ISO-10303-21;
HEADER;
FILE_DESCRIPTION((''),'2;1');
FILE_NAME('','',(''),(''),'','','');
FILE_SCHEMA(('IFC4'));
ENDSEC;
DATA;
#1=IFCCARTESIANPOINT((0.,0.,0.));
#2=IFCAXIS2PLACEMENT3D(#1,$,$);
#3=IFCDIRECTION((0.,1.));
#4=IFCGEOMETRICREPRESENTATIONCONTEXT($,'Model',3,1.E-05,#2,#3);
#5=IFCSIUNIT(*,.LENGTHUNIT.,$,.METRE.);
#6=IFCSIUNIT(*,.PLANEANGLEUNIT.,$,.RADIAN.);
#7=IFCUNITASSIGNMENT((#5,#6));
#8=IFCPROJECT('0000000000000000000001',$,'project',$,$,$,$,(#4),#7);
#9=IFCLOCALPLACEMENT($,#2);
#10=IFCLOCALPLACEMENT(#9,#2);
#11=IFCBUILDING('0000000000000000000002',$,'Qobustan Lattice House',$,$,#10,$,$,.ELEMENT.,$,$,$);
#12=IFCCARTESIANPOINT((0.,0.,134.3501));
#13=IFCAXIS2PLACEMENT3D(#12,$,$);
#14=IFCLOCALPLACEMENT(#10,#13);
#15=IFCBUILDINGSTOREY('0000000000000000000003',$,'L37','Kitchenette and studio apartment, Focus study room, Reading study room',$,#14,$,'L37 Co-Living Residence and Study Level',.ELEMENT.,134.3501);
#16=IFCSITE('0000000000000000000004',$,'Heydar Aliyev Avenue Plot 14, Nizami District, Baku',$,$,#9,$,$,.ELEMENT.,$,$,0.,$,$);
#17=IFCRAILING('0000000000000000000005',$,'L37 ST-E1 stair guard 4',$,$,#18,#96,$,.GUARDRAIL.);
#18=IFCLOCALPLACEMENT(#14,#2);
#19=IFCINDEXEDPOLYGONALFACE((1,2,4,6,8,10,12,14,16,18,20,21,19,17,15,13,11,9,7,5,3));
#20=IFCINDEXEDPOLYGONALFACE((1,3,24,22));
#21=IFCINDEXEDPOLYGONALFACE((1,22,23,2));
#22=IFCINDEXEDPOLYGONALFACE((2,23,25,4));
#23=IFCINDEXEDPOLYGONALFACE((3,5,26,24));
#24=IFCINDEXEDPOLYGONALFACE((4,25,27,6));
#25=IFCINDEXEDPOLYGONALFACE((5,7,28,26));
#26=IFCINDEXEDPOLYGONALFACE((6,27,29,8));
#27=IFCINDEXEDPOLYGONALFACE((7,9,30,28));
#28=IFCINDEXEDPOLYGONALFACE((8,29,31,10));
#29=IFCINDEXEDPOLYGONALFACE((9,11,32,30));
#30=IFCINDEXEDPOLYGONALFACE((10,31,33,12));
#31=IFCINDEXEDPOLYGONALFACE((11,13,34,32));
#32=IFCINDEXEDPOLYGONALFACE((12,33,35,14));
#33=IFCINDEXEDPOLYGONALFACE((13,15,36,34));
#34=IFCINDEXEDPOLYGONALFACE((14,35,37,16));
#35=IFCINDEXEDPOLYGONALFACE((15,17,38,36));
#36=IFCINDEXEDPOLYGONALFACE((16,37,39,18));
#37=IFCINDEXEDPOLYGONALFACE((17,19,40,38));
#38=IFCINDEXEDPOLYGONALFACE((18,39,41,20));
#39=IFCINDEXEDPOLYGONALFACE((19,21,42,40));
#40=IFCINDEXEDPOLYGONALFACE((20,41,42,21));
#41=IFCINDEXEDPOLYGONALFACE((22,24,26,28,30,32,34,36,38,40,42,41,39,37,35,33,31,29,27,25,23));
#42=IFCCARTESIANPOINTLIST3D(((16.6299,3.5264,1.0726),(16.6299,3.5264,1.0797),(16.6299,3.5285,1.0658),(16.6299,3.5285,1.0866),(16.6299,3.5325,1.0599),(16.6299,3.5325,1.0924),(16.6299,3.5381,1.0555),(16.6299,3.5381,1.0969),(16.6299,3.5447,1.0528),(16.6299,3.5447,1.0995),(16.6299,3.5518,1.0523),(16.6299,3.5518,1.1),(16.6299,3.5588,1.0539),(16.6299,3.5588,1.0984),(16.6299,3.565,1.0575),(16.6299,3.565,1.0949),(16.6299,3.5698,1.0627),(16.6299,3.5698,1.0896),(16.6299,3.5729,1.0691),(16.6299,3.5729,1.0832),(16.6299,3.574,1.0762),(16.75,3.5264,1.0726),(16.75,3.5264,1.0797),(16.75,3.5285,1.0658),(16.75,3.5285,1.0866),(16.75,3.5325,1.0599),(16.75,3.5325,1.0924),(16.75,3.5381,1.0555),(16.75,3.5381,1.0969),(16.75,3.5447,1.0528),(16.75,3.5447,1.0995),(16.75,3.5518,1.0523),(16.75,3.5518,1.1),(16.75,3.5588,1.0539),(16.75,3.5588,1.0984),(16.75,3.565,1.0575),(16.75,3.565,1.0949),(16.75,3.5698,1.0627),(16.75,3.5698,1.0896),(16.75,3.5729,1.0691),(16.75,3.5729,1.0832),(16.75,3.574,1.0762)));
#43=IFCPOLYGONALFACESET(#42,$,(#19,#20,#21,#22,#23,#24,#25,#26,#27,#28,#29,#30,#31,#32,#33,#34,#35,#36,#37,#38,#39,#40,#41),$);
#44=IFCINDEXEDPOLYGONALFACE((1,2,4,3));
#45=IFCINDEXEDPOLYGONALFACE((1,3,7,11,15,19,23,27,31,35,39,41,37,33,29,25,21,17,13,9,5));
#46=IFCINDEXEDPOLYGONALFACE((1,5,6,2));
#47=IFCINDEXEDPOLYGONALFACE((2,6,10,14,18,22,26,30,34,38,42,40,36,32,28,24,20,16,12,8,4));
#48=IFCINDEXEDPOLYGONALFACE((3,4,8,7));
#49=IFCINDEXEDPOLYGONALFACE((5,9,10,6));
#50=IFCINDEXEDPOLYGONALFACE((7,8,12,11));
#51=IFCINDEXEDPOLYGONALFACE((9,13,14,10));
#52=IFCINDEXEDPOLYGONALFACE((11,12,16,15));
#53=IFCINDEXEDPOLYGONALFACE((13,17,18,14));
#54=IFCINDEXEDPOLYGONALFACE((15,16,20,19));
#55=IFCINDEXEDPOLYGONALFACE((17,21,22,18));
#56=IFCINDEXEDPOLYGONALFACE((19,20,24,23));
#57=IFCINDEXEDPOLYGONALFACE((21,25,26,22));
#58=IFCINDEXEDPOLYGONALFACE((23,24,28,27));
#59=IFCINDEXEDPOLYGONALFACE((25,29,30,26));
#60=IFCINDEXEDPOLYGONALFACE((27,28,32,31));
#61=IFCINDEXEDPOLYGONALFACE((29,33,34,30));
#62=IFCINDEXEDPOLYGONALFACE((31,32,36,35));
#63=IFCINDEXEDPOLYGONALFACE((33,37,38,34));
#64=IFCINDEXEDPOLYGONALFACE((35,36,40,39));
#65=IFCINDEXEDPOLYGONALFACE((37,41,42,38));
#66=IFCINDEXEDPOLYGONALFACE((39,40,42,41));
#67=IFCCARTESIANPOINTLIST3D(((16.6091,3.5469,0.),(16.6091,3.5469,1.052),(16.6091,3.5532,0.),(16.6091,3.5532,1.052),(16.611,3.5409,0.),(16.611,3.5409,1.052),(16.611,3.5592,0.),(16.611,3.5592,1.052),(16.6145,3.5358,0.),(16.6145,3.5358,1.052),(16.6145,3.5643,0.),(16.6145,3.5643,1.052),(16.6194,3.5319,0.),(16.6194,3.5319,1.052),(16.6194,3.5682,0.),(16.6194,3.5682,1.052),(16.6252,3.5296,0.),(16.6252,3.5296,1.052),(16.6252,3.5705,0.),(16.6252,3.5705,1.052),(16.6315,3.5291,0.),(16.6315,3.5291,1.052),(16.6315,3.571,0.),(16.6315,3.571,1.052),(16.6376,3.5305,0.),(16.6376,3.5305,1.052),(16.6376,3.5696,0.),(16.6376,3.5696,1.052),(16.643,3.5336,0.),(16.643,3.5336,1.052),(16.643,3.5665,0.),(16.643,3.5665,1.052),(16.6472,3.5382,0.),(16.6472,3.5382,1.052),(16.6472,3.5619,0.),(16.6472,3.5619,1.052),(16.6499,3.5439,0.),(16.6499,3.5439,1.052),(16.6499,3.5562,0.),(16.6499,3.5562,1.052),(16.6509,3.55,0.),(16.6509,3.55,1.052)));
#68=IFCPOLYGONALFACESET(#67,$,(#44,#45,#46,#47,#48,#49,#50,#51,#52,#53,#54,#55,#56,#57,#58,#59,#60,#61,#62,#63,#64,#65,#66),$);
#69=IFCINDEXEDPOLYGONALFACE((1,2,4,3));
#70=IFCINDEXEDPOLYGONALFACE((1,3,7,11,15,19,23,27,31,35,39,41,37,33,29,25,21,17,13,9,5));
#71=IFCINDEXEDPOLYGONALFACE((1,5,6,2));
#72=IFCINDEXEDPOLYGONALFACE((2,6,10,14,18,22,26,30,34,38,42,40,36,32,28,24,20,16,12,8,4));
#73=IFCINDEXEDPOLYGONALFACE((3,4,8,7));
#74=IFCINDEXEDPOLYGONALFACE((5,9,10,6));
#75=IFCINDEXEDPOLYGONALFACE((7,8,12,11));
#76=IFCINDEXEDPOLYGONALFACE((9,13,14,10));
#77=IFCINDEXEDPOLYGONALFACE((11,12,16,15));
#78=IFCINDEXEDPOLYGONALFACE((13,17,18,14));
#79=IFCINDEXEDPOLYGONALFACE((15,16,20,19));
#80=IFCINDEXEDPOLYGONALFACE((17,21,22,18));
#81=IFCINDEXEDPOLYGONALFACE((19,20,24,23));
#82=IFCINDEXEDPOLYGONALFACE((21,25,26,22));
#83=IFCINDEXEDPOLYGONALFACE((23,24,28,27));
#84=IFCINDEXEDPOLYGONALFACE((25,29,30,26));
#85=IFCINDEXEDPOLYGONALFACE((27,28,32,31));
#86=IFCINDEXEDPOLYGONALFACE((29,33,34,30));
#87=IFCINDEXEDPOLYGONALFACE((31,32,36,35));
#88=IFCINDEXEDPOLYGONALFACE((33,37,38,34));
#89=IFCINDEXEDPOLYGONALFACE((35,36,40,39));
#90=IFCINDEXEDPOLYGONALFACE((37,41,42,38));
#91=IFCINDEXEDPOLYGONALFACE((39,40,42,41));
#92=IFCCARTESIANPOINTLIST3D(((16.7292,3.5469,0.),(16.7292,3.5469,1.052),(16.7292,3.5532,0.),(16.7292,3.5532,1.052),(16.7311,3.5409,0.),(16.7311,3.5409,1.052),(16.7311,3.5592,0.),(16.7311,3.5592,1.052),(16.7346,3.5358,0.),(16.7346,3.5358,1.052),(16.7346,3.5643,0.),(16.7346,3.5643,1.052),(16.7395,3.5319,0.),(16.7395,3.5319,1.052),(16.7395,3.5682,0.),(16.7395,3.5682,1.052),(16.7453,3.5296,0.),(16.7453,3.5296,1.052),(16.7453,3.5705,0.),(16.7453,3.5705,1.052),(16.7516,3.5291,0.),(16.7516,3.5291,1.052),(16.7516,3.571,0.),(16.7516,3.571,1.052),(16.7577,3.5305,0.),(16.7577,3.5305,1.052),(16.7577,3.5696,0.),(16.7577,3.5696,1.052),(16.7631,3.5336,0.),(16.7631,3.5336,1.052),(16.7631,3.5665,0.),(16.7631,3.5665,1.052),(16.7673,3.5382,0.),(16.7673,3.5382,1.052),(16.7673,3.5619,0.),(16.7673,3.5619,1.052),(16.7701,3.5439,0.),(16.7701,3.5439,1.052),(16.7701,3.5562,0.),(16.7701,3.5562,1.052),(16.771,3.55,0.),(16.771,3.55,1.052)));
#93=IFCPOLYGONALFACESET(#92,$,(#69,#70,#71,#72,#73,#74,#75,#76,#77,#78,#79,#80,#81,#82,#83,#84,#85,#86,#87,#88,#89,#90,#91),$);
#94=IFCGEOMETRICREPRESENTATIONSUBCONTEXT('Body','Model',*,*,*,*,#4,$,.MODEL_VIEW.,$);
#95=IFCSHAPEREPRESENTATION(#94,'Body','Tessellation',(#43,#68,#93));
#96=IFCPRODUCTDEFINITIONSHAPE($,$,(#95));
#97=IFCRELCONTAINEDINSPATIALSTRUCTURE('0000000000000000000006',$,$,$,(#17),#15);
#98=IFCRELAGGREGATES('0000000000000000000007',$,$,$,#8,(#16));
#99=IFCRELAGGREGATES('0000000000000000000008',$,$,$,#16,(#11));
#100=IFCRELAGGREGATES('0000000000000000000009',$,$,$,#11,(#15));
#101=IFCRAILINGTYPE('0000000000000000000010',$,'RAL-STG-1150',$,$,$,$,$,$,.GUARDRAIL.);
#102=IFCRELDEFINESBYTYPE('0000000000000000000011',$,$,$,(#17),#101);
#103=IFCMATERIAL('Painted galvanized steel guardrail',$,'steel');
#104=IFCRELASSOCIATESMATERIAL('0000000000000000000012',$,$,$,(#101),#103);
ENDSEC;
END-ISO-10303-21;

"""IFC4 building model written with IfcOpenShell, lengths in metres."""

from ifc_helpers import new_model, si_unit, direction, frame, origin, origin_2d, place, context, subcontext, project, spatial, circle, extrude, material, type_object, element, save


model = new_model("IFC4")

# Units and contexts
model_context = context("Model", 3, precision=1e-05, world=origin(), true_north=direction((0.0, 1.0)))
body_context = subcontext(model_context, "Body", "Model", "MODEL_VIEW")
ifc_project = project(units=[si_unit("LENGTHUNIT", "METRE"), si_unit("PLANEANGLEUNIT", "RADIAN")], contexts=[model_context])

# Site, building, storey
site_placement = place(None, origin())
site = spatial("IfcSite", under=ifc_project, at=site_placement, Name="Heydar Aliyev Avenue Plot 14, Nizami District, Baku", CompositionType="ELEMENT", RefElevation=0.0)
building_placement = place(site_placement, origin())
building = spatial("IfcBuilding", under=site, at=building_placement, Name="Qobustan Lattice House", CompositionType="ELEMENT")
storey_placement = place(building_placement, frame((0.0, 0.0, 134.3501)))
storey = spatial("IfcBuildingStorey", under=building, at=storey_placement, Name="L37", Description="Kitchenette and studio apartment, Focus study room, Reading study room", LongName="L37 Co-Living Residence and Study Level", CompositionType="ELEMENT", Elevation=134.3501)

# Railing
ifc_material_1 = material(Name="Painted galvanized steel guardrail", Category="steel")
railing_type_1 = type_object("IfcRailingType", Name="RAL-STG-1150", PredefinedType="GUARDRAIL", material=ifc_material_1)
railing_1_placement = place(storey_placement, frame((16.6299, 3.55, 0.0)))
element("IfcRailing", 1, at=railing_1_placement, inside=storey, type_object=railing_type_1, Name="L37 ST-E1 stair guard 4", PredefinedType="GUARDRAIL", context=body_context, shape_type="SweptSolid", body=[
    extrude(circle(Radius=0.0239, at=origin_2d()), frame((0.0, 0.0, 1.0762), z_axis=(1.0, 0.0, 0.0), x_axis=(0.0, 1.0, 0.0)), (0.0, 0.0, 1.0), 0.1201),
    extrude(circle(Radius=0.021, at=origin_2d()), origin(), (0.0, 0.0, 1.0), 1.052),
    extrude(circle(Radius=0.021, at=origin_2d()), frame((0.1201, 0.0, 0.0)), (0.0, 0.0, 1.0), 1.052),
])

save(model, "model.ifc")
